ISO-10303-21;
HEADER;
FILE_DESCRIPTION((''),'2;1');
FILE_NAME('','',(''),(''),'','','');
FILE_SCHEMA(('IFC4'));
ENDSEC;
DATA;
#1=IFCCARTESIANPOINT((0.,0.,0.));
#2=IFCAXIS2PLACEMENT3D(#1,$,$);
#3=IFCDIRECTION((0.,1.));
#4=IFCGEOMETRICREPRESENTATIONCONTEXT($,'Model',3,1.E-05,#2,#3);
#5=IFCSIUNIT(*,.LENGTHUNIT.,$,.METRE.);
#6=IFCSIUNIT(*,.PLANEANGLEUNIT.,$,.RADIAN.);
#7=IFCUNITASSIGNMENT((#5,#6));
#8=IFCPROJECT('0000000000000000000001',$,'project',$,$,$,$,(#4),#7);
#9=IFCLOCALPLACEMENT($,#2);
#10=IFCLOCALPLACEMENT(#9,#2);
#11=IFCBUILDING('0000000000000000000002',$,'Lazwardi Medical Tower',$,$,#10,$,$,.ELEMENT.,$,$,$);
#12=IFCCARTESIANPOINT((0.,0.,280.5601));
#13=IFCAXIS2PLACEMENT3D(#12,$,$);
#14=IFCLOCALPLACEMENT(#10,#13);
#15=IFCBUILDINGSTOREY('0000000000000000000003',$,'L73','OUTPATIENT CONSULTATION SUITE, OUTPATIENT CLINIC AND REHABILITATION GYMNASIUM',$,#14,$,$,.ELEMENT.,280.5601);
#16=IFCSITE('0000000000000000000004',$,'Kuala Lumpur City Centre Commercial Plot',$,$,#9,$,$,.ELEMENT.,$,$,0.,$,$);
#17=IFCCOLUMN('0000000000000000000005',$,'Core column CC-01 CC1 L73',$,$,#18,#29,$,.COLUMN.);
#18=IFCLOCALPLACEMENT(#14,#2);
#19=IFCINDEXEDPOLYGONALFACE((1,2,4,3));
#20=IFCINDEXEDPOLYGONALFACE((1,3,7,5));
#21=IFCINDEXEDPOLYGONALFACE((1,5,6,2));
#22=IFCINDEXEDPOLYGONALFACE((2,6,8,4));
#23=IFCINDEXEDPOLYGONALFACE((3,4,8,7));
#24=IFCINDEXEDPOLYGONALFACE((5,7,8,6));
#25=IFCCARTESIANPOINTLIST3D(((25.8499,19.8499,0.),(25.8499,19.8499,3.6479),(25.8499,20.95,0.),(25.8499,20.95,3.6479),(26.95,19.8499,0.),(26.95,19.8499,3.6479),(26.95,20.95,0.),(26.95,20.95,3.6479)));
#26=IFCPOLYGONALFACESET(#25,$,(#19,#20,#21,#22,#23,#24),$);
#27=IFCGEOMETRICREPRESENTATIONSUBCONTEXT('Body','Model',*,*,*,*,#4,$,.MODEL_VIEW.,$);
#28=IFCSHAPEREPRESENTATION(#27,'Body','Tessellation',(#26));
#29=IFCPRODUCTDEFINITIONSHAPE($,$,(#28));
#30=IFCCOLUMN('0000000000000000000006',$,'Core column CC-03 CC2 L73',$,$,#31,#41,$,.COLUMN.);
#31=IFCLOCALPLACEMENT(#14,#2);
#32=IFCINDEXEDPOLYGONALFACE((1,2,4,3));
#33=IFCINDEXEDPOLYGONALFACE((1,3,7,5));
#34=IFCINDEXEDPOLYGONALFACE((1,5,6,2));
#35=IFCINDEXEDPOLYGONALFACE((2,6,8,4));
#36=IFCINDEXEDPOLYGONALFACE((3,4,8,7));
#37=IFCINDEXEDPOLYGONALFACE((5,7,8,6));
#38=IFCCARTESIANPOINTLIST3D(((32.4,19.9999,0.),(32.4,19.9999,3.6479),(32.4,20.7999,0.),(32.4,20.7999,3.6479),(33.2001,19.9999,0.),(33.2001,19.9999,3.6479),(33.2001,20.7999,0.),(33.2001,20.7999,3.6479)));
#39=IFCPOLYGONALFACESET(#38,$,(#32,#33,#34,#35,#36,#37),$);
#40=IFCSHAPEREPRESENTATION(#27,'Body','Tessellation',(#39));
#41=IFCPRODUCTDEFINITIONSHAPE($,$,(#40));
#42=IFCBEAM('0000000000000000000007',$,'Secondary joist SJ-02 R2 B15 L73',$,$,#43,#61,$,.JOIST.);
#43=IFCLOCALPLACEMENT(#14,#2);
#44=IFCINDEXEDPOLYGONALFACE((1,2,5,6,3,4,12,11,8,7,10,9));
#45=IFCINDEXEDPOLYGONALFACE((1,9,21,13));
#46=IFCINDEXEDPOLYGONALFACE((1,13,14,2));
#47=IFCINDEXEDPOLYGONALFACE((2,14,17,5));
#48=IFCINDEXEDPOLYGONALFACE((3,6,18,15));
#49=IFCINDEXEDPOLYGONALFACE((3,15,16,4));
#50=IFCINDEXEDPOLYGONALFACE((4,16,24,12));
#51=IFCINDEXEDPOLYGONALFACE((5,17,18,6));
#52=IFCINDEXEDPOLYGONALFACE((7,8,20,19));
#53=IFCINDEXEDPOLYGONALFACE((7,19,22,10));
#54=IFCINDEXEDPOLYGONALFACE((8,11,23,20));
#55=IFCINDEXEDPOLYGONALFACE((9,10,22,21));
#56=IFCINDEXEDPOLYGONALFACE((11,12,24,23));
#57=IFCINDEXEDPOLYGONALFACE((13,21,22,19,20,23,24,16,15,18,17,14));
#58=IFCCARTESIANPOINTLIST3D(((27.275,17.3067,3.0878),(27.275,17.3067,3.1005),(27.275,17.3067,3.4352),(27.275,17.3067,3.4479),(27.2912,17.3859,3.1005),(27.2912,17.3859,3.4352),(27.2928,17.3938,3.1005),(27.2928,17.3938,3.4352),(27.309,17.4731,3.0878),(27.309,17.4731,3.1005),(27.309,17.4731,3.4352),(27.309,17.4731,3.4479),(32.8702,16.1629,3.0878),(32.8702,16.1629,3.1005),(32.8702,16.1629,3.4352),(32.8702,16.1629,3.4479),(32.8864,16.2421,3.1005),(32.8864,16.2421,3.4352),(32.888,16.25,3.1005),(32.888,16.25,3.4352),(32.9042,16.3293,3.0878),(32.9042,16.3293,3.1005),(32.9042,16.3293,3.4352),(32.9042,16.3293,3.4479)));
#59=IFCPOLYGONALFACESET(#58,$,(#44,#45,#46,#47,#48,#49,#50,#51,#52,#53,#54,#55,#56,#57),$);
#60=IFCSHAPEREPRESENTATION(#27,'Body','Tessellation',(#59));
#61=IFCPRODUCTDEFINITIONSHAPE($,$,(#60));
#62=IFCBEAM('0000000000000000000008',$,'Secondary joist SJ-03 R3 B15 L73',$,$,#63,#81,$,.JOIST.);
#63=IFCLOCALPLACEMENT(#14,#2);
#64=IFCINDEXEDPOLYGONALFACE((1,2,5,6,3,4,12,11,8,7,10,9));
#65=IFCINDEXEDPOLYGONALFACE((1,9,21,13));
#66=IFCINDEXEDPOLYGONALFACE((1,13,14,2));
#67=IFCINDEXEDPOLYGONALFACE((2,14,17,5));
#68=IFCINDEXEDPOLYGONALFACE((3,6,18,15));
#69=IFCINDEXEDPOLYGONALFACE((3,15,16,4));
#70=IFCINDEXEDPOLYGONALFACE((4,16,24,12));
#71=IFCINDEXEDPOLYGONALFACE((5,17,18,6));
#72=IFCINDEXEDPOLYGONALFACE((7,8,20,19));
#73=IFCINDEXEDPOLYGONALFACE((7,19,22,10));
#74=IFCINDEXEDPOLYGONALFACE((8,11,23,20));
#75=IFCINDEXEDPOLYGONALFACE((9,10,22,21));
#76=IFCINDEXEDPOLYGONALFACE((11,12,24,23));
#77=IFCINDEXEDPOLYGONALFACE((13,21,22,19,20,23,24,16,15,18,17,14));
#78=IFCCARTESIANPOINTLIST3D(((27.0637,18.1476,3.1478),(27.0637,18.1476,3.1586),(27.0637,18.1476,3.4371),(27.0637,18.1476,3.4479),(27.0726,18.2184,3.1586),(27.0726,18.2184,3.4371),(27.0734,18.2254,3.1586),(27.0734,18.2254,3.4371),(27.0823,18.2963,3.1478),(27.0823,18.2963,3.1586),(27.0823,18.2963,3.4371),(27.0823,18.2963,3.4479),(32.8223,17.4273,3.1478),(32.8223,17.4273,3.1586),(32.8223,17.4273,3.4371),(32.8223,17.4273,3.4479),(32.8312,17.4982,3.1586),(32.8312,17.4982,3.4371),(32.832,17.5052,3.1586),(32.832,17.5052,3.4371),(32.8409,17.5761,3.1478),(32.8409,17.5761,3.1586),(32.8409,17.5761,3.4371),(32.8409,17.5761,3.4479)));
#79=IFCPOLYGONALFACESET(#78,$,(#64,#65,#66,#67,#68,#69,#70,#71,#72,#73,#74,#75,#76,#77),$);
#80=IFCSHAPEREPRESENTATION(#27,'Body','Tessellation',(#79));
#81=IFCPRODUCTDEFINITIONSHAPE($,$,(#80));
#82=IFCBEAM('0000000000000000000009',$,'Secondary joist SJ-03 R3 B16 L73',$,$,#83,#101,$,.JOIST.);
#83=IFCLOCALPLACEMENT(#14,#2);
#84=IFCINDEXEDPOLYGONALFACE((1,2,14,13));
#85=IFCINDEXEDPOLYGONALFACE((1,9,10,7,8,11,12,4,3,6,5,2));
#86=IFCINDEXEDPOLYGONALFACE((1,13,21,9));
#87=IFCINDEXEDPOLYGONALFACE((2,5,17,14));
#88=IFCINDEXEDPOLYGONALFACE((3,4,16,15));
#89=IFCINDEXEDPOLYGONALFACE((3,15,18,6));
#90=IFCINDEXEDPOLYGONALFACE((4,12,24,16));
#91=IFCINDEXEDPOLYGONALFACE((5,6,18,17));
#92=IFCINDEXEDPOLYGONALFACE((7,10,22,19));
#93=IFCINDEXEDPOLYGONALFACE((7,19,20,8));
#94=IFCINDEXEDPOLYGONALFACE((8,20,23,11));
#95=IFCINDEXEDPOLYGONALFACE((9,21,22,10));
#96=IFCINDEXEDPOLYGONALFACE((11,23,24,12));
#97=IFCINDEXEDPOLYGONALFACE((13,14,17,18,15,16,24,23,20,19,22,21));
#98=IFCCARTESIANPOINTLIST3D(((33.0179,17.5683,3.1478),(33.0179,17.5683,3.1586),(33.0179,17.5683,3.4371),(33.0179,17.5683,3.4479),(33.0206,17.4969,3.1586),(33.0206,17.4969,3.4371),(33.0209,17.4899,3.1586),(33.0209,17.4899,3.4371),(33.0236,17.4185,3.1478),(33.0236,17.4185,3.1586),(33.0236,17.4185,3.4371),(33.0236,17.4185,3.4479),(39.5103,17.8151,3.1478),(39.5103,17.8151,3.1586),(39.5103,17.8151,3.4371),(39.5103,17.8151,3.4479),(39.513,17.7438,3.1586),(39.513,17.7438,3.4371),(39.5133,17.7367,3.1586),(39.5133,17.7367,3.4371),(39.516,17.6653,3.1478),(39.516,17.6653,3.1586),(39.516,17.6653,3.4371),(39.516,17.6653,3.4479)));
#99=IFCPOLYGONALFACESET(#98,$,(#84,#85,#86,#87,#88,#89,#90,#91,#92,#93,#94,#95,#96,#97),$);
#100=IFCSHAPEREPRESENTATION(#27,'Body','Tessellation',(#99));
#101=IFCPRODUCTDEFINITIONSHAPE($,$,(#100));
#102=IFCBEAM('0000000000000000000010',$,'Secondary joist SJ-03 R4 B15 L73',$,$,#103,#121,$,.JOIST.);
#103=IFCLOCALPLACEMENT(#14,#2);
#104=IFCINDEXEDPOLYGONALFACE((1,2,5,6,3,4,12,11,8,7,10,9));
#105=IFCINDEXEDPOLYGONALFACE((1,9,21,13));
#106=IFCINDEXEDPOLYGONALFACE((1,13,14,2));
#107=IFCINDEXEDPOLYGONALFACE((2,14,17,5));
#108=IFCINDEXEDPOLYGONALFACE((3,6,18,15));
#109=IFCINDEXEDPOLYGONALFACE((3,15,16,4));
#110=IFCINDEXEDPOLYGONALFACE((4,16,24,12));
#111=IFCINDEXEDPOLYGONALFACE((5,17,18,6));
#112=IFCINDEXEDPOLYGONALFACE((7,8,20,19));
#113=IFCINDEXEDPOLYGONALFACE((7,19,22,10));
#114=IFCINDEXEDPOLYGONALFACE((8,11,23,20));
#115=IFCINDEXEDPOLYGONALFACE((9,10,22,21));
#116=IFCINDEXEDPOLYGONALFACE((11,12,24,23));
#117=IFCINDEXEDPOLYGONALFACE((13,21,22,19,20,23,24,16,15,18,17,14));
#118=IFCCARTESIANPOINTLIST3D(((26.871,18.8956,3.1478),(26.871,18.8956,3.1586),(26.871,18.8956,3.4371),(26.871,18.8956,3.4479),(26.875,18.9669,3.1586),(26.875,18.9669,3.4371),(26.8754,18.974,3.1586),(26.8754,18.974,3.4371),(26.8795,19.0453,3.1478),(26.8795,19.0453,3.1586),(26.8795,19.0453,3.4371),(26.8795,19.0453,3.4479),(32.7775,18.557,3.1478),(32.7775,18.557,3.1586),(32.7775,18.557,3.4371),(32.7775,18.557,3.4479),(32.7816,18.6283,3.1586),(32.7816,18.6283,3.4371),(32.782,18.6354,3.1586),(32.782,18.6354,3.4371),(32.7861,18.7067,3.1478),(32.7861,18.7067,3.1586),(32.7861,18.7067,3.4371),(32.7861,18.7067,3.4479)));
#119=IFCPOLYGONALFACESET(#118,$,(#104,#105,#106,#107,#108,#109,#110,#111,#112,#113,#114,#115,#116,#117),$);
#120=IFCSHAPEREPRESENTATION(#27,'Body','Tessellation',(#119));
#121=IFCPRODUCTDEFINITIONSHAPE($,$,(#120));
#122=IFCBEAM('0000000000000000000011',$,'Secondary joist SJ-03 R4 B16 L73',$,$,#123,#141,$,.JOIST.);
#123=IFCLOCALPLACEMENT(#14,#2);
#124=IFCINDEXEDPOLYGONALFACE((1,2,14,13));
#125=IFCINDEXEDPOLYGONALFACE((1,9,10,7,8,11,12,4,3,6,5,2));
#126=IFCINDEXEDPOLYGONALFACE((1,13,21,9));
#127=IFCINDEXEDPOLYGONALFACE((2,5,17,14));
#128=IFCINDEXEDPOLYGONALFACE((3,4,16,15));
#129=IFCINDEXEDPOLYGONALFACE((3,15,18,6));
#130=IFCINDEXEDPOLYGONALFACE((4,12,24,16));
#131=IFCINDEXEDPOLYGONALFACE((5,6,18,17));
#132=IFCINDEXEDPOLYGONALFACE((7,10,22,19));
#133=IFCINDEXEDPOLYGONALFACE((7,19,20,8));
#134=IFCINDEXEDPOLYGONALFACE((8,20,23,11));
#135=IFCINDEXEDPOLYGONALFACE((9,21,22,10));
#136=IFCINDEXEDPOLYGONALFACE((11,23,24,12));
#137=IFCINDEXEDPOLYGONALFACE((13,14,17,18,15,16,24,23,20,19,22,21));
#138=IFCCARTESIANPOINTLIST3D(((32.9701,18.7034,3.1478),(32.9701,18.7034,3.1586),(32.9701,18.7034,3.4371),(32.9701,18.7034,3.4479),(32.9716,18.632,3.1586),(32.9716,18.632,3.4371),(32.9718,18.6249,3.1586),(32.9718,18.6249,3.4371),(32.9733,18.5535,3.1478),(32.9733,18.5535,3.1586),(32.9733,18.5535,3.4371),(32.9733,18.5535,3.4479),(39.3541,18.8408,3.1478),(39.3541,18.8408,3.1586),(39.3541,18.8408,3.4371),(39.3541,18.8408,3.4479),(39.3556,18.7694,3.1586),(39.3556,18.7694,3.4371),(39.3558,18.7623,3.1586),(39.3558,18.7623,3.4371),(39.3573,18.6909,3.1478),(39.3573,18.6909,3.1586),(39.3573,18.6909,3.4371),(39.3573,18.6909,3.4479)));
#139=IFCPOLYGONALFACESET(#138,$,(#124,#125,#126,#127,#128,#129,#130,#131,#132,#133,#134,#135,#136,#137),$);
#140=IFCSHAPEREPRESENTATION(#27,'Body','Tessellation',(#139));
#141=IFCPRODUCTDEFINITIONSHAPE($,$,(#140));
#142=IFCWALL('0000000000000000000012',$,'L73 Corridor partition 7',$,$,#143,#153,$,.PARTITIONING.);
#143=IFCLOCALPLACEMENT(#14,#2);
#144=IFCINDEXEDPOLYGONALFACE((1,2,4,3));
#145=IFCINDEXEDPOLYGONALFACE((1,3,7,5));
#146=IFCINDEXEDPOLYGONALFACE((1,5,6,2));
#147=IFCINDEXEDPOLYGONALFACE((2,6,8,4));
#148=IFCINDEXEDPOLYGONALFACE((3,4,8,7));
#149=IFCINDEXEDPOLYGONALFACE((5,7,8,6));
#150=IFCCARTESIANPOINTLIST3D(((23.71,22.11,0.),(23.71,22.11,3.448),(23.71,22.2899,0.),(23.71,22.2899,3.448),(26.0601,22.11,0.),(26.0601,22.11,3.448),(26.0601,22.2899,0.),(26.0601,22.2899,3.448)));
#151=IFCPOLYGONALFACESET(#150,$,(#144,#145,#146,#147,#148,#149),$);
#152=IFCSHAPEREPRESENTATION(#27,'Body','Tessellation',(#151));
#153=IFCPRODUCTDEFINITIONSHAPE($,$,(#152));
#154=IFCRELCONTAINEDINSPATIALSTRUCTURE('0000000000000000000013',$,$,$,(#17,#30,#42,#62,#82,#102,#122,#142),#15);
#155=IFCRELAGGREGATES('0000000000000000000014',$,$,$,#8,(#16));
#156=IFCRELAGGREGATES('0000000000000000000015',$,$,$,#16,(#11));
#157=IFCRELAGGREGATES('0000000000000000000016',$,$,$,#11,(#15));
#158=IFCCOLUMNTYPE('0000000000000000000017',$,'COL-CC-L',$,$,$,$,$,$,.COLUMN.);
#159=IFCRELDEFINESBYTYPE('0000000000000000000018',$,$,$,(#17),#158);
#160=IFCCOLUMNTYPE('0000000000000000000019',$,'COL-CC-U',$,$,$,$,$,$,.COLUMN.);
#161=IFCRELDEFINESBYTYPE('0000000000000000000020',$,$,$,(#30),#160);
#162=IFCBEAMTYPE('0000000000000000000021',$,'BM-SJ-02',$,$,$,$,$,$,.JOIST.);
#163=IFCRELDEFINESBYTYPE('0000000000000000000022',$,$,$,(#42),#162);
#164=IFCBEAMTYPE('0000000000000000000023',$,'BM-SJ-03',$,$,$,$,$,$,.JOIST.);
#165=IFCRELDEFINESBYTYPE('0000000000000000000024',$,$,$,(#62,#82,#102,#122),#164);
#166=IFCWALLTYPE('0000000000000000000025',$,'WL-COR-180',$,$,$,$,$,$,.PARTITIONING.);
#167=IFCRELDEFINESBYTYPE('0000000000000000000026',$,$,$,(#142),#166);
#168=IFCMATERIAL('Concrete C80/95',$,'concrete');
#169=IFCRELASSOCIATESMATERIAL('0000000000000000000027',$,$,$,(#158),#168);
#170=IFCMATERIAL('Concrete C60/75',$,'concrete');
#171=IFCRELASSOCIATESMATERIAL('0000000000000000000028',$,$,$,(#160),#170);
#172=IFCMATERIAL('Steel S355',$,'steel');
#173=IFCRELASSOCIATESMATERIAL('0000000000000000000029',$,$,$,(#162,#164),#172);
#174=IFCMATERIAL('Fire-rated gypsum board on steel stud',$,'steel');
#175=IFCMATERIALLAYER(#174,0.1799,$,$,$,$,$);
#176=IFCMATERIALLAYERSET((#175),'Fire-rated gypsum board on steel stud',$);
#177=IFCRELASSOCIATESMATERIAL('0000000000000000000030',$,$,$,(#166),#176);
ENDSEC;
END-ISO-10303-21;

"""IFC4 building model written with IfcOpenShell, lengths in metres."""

from ifc_helpers import new_model, si_unit, direction, frame, frame_2d, origin, origin_2d, place, context, subcontext, project, spatial, rectangle, i_section, extrude, material, layer, layer_set, material_profile, profile_set, type_object, element, save


model = new_model("IFC4")

# Units and contexts
model_context = context("Model", 3, precision=1e-05, world=origin(), true_north=direction((0.0, 1.0)))
body_context = subcontext(model_context, "Body", "Model", "MODEL_VIEW")
ifc_project = project(units=[si_unit("LENGTHUNIT", "METRE"), si_unit("PLANEANGLEUNIT", "RADIAN")], contexts=[model_context])

# Site, building, storey
site_placement = place(None, origin())
site = spatial("IfcSite", under=ifc_project, at=site_placement, Name="Kuala Lumpur City Centre Commercial Plot", CompositionType="ELEMENT", RefElevation=0.0)
building_placement = place(site_placement, origin())
building = spatial("IfcBuilding", under=site, at=building_placement, Name="Lazwardi Medical Tower", CompositionType="ELEMENT")
storey_placement = place(building_placement, frame((0.0, 0.0, 280.5601)))
storey = spatial("IfcBuildingStorey", under=building, at=storey_placement, Name="L73", Description="OUTPATIENT CONSULTATION SUITE, OUTPATIENT CLINIC AND REHABILITATION GYMNASIUM", CompositionType="ELEMENT", Elevation=280.5601)

# Columns
ifc_material_1 = material(Name="Concrete C80/95", Category="concrete")
ifc_material_profile_1 = material_profile(ifc_material_1, rectangle(XDim=1.1001, YDim=1.1001, at=origin_2d()), Name="RC 1100x1100")
ifc_profile_set_1 = profile_set([ifc_material_profile_1], Name="Concrete C80/95")
column_type_1 = type_object("IfcColumnType", Name="COL-CC-L", PredefinedType="COLUMN", material=ifc_profile_set_1)
column_1_placement = place(storey_placement, frame((26.3999, 20.3999, 0.0), z_axis=(0.0, 0.0, 1.0), x_axis=(1.0, 0.0, 0.0)))
element("IfcColumn", 1, at=column_1_placement, inside=storey, type_object=column_type_1, Name="Core column CC-01 CC1 L73", PredefinedType="COLUMN", context=body_context, shape_type="SweptSolid", body=[
    extrude(rectangle(XDim=1.1001, YDim=1.1001, at=origin_2d()), origin(), (0.0, 0.0, 1.0), 3.6479),
])
ifc_material_2 = material(Name="Concrete C60/75", Category="concrete")
ifc_material_profile_2 = material_profile(ifc_material_2, rectangle(XDim=0.8, YDim=0.8, at=origin_2d()), Name="RC 800x800")
ifc_profile_set_2 = profile_set([ifc_material_profile_2], Name="Concrete C60/75")
column_type_2 = type_object("IfcColumnType", Name="COL-CC-U", PredefinedType="COLUMN", material=ifc_profile_set_2)
column_2_placement = place(storey_placement, frame((32.8, 20.3999, 0.0), z_axis=(0.0, 0.0, 1.0), x_axis=(1.0, 0.0, 0.0)))
element("IfcColumn", 2, at=column_2_placement, inside=storey, type_object=column_type_2, Name="Core column CC-03 CC2 L73", PredefinedType="COLUMN", context=body_context, shape_type="SweptSolid", body=[
    extrude(rectangle(XDim=0.8, YDim=0.8, at=origin_2d()), origin(), (0.0, 0.0, 1.0), 3.6479),
])

# Beams
ifc_material_3 = material(Name="Steel S355", Category="steel")
ifc_material_profile_3 = material_profile(ifc_material_3, i_section(OverallWidth=0.1699, OverallDepth=0.3601, WebThickness=0.0081, FlangeThickness=0.0127, at=origin_2d()), Name="IPE 360")
ifc_profile_set_3 = profile_set([ifc_material_profile_3], Name="Steel S355")
beam_type_1 = type_object("IfcBeamType", Name="BM-SJ-02", PredefinedType="JOIST", material=ifc_profile_set_3)
beam_1_placement = place(storey_placement, frame((27.292, 17.3899, 3.2678), z_axis=(0.979738, -0.200282, 0.0), x_axis=(0.200282, 0.979738, 0.0)))
element("IfcBeam", 3, at=beam_1_placement, inside=storey, type_object=beam_type_1, Name="Secondary joist SJ-02 R2 B15 L73", PredefinedType="JOIST", context=body_context, shape_type="SweptSolid", body=[
    extrude(i_section(OverallWidth=0.1699, OverallDepth=0.3601, WebThickness=0.0081, FlangeThickness=0.0127, at=origin_2d()), origin(), (0.0, 0.0, 1.0), 5.7109),
])
ifc_material_profile_4 = material_profile(ifc_material_3, i_section(OverallWidth=0.1499, OverallDepth=0.3, WebThickness=0.0071, FlangeThickness=0.0107, at=origin_2d()), Name="IPE 300")
ifc_profile_set_4 = profile_set([ifc_material_profile_4], Name="Steel S355")
beam_type_2 = type_object("IfcBeamType", Name="BM-SJ-03", PredefinedType="JOIST", material=ifc_profile_set_4)
beam_2_placement = place(storey_placement, frame((27.073, 18.2219, 3.2979), z_axis=(0.992269, -0.124102, 0.0), x_axis=(0.124102, 0.992269, 0.0)))
element("IfcBeam", 4, at=beam_2_placement, inside=storey, type_object=beam_type_2, Name="Secondary joist SJ-03 R3 B15 L73", PredefinedType="JOIST", context=body_context, shape_type="SweptSolid", body=[
    extrude(i_section(OverallWidth=0.1499, OverallDepth=0.3, WebThickness=0.0071, FlangeThickness=0.0107, at=origin_2d()), origin(), (0.0, 0.0, 1.0), 5.8035),
])
beam_3_placement = place(storey_placement, frame((33.0208, 17.4934, 3.2979), z_axis=(0.999278, 0.03799, 0.0), x_axis=(-0.03799, 0.999278, 0.0)))
element("IfcBeam", 5, at=beam_3_placement, inside=storey, type_object=beam_type_2, Name="Secondary joist SJ-03 R3 B16 L73", PredefinedType="JOIST", context=body_context, shape_type="SweptSolid", body=[
    extrude(i_section(OverallWidth=0.1499, OverallDepth=0.3, WebThickness=0.0071, FlangeThickness=0.0107, at=origin_2d()), origin(), (0.0, 0.0, 1.0), 6.4971),
])
beam_4_placement = place(storey_placement, frame((26.8752, 18.9705, 3.2979), z_axis=(0.998361, -0.057237, 0.0), x_axis=(0.057237, 0.998361, 0.0)))
element("IfcBeam", 6, at=beam_4_placement, inside=storey, type_object=beam_type_2, Name="Secondary joist SJ-03 R4 B15 L73", PredefinedType="JOIST", context=body_context, shape_type="SweptSolid", body=[
    extrude(i_section(OverallWidth=0.1499, OverallDepth=0.3, WebThickness=0.0071, FlangeThickness=0.0107, at=origin_2d()), origin(), (0.0, 0.0, 1.0), 5.9163),
])
beam_5_placement = place(storey_placement, frame((32.9717, 18.6284, 3.2979), z_axis=(0.999768, 0.021525, 0.0), x_axis=(-0.021525, 0.999768, 0.0)))
element("IfcBeam", 7, at=beam_5_placement, inside=storey, type_object=beam_type_2, Name="Secondary joist SJ-03 R4 B16 L73", PredefinedType="JOIST", context=body_context, shape_type="SweptSolid", body=[
    extrude(i_section(OverallWidth=0.1499, OverallDepth=0.3, WebThickness=0.0071, FlangeThickness=0.0107, at=origin_2d()), origin(), (0.0, 0.0, 1.0), 6.3855),
])

# Wall
ifc_material_4 = material(Name="Fire-rated gypsum board on steel stud", Category="steel")
ifc_layer_1 = layer(ifc_material_4, 0.1799)
ifc_layer_set_1 = layer_set([ifc_layer_1], Name="Fire-rated gypsum board on steel stud")
wall_type_1 = type_object("IfcWallType", Name="WL-COR-180", PredefinedType="PARTITIONING", material=ifc_layer_set_1)
wall_1_placement = place(storey_placement, frame((26.0601, 22.2, 0.0), z_axis=(0.0, 0.0, 1.0), x_axis=(-1.0, 0.0, 0.0)))
element("IfcWall", 8, at=wall_1_placement, inside=storey, type_object=wall_type_1, Name="L73 Corridor partition 7", PredefinedType="PARTITIONING", context=body_context, shape_type="SweptSolid", body=[
    extrude(rectangle(XDim=2.3501, YDim=0.1799, at=frame_2d((1.175, 0.0))), origin(), (0.0, 0.0, 1.0), 3.448),
])

save(model, "model.ifc")
